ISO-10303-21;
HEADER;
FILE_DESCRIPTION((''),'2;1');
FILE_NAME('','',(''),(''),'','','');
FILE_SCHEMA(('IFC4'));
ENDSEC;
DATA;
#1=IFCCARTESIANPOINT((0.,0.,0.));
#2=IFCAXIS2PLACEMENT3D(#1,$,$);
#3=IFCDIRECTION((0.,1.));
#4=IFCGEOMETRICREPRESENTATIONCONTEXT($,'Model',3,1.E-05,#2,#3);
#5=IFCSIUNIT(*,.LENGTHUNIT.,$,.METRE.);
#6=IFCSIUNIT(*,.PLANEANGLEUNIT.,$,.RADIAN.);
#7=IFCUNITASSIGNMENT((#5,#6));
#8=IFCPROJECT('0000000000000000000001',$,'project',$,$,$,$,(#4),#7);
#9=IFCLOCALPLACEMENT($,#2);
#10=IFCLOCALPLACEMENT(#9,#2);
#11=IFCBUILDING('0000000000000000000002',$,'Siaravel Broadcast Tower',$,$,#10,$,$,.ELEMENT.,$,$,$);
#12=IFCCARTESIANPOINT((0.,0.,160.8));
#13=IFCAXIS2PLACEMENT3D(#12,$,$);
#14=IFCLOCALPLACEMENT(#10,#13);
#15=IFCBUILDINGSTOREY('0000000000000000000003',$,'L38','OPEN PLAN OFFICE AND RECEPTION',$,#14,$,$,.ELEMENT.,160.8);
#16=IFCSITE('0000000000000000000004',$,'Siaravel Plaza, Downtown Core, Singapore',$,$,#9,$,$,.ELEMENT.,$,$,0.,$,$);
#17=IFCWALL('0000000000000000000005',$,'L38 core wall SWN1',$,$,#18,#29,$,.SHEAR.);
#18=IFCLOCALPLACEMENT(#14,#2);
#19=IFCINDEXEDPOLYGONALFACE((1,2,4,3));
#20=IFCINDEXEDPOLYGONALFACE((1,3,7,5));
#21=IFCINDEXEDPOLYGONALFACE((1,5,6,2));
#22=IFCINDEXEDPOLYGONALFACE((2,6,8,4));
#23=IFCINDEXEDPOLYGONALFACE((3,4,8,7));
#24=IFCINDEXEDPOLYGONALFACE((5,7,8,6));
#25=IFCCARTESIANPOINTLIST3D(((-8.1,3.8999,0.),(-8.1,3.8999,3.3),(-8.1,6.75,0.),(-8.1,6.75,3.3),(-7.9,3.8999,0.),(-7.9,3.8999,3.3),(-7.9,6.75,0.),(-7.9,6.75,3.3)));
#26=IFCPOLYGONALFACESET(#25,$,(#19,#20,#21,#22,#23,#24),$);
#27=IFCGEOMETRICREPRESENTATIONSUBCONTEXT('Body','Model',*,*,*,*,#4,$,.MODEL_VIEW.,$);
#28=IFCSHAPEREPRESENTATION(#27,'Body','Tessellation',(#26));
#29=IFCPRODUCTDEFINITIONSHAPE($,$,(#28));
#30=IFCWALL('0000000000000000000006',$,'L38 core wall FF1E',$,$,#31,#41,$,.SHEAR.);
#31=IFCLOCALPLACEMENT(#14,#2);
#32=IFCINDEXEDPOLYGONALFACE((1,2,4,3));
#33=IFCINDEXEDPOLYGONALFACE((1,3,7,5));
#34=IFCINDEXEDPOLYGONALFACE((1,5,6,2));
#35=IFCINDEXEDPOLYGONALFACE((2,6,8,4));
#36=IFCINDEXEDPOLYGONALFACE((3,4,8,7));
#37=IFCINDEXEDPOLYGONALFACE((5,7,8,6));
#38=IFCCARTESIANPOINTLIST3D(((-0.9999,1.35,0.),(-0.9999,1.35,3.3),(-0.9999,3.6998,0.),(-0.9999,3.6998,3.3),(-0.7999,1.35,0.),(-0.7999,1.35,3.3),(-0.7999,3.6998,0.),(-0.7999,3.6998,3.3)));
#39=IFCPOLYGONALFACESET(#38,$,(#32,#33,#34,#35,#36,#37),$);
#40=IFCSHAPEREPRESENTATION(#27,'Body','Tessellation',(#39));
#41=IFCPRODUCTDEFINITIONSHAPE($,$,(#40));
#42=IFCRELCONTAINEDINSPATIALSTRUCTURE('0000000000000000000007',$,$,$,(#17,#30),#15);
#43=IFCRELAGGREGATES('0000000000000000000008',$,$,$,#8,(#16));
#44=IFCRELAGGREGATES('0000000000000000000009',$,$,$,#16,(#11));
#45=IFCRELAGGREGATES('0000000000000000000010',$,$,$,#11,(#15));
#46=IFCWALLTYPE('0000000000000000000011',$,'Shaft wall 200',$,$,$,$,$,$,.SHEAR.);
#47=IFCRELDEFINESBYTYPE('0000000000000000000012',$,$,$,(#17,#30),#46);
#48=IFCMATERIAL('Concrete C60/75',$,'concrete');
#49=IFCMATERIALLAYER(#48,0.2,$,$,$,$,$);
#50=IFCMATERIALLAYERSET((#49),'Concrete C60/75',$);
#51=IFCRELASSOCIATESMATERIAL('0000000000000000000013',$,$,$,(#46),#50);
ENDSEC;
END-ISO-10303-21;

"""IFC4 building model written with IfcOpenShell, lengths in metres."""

from ifc_helpers import new_model, si_unit, direction, frame, frame_2d, origin, place, context, subcontext, project, spatial, rectangle, extrude, material, layer, layer_set, type_object, element, save


model = new_model("IFC4")

# Units and contexts
model_context = context("Model", 3, precision=1e-05, world=origin(), true_north=direction((0.0, 1.0)))
body_context = subcontext(model_context, "Body", "Model", "MODEL_VIEW")
ifc_project = project(units=[si_unit("LENGTHUNIT", "METRE"), si_unit("PLANEANGLEUNIT", "RADIAN")], contexts=[model_context])

# Site, building, storey
site_placement = place(None, origin())
site = spatial("IfcSite", under=ifc_project, at=site_placement, Name="Siaravel Plaza, Downtown Core, Singapore", CompositionType="ELEMENT", RefElevation=0.0)
building_placement = place(site_placement, origin())
building = spatial("IfcBuilding", under=site, at=building_placement, Name="Siaravel Broadcast Tower", CompositionType="ELEMENT")
storey_placement = place(building_placement, frame((0.0, 0.0, 160.8)))
storey = spatial("IfcBuildingStorey", under=building, at=storey_placement, Name="L38", Description="OPEN PLAN OFFICE AND RECEPTION", CompositionType="ELEMENT", Elevation=160.8)

# Shared definitions
ifc_material_1 = material(Name="Concrete C60/75", Category="concrete")

# Walls
ifc_layer_1 = layer(ifc_material_1, 0.2)
ifc_layer_set_1 = layer_set([ifc_layer_1], Name="Concrete C60/75")
wall_type_1 = type_object("IfcWallType", Name="Shaft wall 200", PredefinedType="SHEAR", material=ifc_layer_set_1)
for number, where, z_axis, x_axis, name in (
    (1, (-8.0, 3.8999, 0.0), (0.0, 0.0, 1.0), (0.0, 1.0, 0.0), "L38 core wall SWN1"),
):
    element("IfcWall", number, at=place(storey_placement, frame(where, z_axis=z_axis, x_axis=x_axis)), inside=storey, type_object=wall_type_1, Name=name, PredefinedType="SHEAR", context=body_context, shape_type="SweptSolid", body=[
        extrude(rectangle(XDim=2.8501, YDim=0.2, at=frame_2d((1.425, 0.0))), origin(), (0.0, 0.0, 1.0), 3.3),
    ])
wall_1_placement = place(storey_placement, frame((-0.8999, 1.3501, 0.0), z_axis=(0.0, 0.0, 1.0), x_axis=(0.0, 1.0, 0.0)))
element("IfcWall", 2, at=wall_1_placement, inside=storey, type_object=wall_type_1, Name="L38 core wall FF1E", PredefinedType="SHEAR", context=body_context, shape_type="SweptSolid", body=[
    extrude(rectangle(XDim=2.3499, YDim=0.2, at=frame_2d((1.1748, 0.0))), origin(), (0.0, 0.0, 1.0), 3.3),
])

save(model, "model.ifc")
